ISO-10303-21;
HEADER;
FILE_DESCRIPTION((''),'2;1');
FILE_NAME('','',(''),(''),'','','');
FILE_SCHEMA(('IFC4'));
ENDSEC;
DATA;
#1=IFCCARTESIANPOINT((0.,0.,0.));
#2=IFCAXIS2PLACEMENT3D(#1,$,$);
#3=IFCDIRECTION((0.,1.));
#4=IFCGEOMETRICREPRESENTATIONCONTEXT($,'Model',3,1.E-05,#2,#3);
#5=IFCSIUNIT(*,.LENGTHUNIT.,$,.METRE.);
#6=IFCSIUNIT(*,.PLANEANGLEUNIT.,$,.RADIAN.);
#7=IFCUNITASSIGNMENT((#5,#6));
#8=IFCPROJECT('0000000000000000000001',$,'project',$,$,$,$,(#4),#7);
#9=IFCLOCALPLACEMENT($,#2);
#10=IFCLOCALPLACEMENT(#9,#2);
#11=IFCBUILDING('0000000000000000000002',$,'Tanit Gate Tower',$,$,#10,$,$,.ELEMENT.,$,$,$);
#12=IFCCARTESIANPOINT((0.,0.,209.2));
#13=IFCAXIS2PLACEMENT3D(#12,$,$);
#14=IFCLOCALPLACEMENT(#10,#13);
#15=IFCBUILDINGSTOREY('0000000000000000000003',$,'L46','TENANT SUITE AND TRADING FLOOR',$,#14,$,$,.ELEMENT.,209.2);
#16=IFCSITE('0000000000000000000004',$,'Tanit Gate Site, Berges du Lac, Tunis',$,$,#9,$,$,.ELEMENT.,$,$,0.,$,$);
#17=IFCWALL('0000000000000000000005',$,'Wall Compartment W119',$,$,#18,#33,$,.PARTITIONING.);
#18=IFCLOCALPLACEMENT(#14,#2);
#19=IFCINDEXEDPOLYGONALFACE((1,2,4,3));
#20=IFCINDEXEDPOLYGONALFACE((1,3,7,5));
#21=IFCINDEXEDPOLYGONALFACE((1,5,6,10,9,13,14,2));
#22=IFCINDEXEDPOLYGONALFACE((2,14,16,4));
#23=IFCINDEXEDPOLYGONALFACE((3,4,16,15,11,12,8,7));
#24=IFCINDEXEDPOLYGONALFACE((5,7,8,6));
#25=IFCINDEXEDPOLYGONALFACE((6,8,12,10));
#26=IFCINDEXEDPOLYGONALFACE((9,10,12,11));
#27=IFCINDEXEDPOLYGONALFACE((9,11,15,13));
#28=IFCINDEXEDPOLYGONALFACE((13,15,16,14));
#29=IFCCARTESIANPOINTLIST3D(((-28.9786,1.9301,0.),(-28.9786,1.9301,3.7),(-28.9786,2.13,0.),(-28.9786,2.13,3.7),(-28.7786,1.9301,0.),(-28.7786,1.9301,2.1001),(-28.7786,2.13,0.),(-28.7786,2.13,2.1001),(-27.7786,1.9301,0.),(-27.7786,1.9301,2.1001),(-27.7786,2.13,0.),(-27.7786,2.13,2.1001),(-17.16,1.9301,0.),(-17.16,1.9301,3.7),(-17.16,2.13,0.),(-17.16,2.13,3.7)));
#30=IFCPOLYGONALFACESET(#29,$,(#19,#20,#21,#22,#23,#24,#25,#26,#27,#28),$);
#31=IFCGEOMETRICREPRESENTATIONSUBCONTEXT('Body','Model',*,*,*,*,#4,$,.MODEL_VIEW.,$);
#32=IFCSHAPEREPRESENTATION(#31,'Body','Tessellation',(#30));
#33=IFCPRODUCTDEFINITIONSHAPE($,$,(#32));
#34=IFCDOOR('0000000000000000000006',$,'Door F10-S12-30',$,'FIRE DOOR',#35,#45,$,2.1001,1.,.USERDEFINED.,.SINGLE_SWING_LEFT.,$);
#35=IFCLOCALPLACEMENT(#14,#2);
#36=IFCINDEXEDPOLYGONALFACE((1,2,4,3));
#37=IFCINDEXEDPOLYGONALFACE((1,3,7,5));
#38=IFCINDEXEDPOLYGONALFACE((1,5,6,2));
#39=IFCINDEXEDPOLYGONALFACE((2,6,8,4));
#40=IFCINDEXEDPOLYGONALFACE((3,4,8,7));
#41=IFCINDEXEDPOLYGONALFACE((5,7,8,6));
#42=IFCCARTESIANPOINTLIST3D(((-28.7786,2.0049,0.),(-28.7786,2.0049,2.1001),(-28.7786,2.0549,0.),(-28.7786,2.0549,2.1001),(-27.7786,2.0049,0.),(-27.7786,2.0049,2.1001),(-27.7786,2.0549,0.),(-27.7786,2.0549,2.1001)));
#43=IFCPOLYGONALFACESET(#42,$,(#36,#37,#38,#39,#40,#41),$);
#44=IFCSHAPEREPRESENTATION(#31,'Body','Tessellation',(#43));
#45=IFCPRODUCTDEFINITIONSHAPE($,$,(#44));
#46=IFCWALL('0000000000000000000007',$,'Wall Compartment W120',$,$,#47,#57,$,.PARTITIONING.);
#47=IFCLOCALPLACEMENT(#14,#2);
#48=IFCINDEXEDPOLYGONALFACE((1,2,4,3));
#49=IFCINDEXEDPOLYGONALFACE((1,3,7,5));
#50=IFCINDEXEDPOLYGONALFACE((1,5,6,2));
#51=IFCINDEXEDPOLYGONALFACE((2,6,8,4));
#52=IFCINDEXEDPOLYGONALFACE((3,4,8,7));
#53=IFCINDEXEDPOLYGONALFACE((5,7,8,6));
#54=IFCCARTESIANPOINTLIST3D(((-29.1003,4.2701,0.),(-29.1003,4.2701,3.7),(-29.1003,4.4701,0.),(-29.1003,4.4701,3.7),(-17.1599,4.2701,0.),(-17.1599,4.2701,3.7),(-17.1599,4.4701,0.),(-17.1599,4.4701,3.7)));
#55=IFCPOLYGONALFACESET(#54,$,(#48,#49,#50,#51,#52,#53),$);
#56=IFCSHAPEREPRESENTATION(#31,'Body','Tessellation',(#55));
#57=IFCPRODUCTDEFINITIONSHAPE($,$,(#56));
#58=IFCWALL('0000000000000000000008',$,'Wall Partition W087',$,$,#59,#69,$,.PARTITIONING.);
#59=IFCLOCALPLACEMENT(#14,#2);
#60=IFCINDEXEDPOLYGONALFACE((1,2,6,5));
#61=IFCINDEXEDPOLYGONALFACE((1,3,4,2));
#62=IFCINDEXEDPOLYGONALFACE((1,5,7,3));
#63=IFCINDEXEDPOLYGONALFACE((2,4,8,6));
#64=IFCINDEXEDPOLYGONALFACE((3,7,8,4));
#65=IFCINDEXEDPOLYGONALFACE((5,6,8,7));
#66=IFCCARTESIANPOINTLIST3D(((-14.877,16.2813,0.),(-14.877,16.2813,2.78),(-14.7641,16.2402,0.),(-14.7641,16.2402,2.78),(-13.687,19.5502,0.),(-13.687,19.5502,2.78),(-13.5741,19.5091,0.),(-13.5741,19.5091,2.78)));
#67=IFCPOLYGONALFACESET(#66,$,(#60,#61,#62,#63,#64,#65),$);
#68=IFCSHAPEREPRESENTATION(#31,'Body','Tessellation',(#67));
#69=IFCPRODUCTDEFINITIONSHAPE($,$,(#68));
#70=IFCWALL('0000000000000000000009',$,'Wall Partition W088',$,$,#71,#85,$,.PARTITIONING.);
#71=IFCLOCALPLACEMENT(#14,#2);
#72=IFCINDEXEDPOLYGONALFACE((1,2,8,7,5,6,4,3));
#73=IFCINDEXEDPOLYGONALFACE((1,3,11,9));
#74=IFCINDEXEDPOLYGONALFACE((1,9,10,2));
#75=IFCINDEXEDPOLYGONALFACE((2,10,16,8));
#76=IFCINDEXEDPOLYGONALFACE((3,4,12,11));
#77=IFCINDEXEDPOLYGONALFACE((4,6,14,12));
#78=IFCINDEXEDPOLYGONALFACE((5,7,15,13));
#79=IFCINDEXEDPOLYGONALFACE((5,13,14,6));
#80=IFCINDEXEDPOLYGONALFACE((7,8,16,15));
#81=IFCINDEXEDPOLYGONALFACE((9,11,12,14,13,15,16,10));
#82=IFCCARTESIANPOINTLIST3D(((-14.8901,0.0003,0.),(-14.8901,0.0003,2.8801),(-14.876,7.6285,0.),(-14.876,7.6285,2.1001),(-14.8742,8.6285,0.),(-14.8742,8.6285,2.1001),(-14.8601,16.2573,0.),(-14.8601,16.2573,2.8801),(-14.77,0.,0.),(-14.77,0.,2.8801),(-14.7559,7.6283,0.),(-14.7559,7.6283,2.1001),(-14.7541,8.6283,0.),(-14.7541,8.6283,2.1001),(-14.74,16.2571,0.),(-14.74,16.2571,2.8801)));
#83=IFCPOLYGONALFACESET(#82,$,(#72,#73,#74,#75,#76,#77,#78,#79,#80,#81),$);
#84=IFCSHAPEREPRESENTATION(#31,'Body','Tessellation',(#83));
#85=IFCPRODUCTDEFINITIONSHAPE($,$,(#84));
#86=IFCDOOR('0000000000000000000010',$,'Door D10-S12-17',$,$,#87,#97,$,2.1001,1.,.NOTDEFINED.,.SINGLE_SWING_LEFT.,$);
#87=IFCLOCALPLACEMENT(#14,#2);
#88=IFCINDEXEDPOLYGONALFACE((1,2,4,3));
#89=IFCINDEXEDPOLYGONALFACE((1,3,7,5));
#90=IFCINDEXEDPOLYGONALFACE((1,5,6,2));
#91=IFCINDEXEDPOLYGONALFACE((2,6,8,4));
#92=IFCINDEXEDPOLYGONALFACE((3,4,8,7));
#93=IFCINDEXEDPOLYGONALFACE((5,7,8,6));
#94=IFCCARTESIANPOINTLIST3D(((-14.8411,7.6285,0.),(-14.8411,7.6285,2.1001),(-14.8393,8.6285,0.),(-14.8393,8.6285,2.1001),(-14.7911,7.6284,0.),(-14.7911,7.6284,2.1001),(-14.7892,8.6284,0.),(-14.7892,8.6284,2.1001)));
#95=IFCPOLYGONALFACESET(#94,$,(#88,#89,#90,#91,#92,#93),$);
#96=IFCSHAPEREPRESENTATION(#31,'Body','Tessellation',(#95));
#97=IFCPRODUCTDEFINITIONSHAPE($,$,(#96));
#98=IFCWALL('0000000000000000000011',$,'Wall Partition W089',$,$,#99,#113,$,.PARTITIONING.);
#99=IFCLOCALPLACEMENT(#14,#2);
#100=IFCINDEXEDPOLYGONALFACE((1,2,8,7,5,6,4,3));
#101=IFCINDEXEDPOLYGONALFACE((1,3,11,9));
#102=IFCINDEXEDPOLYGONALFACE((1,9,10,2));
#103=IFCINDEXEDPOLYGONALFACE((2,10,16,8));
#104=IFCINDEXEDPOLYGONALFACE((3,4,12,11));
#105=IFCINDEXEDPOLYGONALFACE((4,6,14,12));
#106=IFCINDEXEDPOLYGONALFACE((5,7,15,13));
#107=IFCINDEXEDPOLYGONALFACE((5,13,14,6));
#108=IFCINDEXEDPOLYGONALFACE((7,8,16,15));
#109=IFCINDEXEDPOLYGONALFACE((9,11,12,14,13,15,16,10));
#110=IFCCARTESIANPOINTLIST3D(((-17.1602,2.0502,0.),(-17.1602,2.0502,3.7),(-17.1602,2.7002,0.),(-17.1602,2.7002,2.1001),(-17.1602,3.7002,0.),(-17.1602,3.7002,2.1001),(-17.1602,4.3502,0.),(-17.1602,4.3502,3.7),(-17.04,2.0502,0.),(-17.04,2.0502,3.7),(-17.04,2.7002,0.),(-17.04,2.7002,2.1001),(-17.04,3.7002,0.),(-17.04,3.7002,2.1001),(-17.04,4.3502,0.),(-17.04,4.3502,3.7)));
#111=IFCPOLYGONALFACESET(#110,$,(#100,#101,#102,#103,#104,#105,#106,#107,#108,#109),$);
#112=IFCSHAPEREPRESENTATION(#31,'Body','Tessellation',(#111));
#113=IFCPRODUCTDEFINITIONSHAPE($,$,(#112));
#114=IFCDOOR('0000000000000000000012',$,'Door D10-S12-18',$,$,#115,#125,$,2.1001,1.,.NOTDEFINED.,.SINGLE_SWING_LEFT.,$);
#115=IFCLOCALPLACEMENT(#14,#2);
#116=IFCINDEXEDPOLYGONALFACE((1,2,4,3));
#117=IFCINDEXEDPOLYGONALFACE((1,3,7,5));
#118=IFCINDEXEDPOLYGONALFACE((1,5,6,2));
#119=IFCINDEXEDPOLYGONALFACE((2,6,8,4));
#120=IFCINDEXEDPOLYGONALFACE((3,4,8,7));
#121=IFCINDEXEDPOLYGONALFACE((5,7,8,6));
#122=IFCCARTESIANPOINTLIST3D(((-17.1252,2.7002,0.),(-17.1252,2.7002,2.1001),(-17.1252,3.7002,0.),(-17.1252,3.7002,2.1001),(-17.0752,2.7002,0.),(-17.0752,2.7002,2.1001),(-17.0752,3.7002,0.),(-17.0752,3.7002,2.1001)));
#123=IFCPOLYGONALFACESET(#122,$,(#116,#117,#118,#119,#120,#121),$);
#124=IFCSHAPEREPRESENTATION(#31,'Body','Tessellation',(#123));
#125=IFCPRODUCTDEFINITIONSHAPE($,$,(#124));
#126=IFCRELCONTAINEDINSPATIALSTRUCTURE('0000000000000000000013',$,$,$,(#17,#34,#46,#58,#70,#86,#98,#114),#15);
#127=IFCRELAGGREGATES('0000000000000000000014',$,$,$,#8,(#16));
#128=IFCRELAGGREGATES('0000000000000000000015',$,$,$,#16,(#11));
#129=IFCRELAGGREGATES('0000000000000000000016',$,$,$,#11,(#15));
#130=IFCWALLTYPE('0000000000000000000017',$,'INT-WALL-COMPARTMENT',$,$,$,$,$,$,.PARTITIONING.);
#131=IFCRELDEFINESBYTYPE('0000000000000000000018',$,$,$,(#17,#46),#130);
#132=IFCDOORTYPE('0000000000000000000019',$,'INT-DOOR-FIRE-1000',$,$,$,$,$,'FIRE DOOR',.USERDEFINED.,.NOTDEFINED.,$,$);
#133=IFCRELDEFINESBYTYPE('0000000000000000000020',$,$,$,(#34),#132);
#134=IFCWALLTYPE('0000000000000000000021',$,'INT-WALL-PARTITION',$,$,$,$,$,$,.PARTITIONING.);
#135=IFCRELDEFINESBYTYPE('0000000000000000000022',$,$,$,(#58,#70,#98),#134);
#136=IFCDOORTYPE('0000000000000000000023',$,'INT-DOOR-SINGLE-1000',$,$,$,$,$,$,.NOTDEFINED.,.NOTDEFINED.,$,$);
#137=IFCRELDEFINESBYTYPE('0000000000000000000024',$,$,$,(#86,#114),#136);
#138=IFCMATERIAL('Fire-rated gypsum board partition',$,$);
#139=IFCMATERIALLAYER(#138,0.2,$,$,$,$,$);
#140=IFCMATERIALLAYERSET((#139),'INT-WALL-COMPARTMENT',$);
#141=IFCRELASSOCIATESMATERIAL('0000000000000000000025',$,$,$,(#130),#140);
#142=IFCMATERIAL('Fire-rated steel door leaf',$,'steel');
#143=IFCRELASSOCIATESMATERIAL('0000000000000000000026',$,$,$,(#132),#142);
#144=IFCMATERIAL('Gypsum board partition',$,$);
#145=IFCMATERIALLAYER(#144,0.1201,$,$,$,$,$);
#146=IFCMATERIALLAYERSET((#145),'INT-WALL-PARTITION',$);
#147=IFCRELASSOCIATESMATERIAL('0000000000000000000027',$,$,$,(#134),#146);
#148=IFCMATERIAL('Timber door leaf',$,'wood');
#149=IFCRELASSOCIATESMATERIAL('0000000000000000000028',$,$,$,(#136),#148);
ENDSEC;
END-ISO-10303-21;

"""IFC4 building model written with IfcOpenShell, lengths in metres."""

from ifc_helpers import new_model, si_unit, direction, frame, frame_2d, origin, place, context, subcontext, project, spatial, rectangle, extrude, material, layer, layer_set, type_object, element, fill, save


model = new_model("IFC4")

# Units and contexts
model_context = context("Model", 3, precision=1e-05, world=origin(), true_north=direction((0.0, 1.0)))
body_context = subcontext(model_context, "Body", "Model", "MODEL_VIEW")
ifc_project = project(units=[si_unit("LENGTHUNIT", "METRE"), si_unit("PLANEANGLEUNIT", "RADIAN")], contexts=[model_context])

# Site, building, storey
site_placement = place(None, origin())
site = spatial("IfcSite", under=ifc_project, at=site_placement, Name="Tanit Gate Site, Berges du Lac, Tunis", CompositionType="ELEMENT", RefElevation=0.0)
building_placement = place(site_placement, origin())
building = spatial("IfcBuilding", under=site, at=building_placement, Name="Tanit Gate Tower", CompositionType="ELEMENT")
storey_placement = place(building_placement, frame((0.0, 0.0, 209.2)))
storey = spatial("IfcBuildingStorey", under=building, at=storey_placement, Name="L46", Description="TENANT SUITE AND TRADING FLOOR", CompositionType="ELEMENT", Elevation=209.2)

# Shared definitions
ifc_material_1 = material(Name="Fire-rated gypsum board partition")
ifc_layer_1 = layer(ifc_material_1, 0.2)
ifc_layer_set_1 = layer_set([ifc_layer_1], Name="INT-WALL-COMPARTMENT")
wall_type_1 = type_object("IfcWallType", Name="INT-WALL-COMPARTMENT", PredefinedType="PARTITIONING", material=ifc_layer_set_1)
ifc_material_2 = material(Name="Fire-rated steel door leaf", Category="steel")
door_type_1 = type_object("IfcDoorType", Name="INT-DOOR-FIRE-1000", ElementType="FIRE DOOR", OperationType="NOTDEFINED", PredefinedType="USERDEFINED", material=ifc_material_2)

# Wall, opening, door
wall_1_placement = place(storey_placement, frame((-28.9785, 2.03, 0.0), z_axis=(0.0, 0.0, 1.0), x_axis=(1.0, 0.0, 0.0)))
wall_1 = element("IfcWall", 1, at=wall_1_placement, inside=storey, type_object=wall_type_1, Name="Wall Compartment W119", PredefinedType="PARTITIONING", context=body_context, shape_type="SweptSolid", body=[
    extrude(rectangle(XDim=11.8186, YDim=0.2, at=frame_2d((5.9092, 0.0))), origin(), (0.0, 0.0, 1.0), 3.7),
])
opening_1_placement = place(wall_1_placement, frame((0.2, 0.0, 0.0)))
opening_1 = element("IfcOpeningElement", 2, at=opening_1_placement, cuts=wall_1, PredefinedType="OPENING", context=body_context, shape_type="SweptSolid", body=[
    extrude(rectangle(XDim=1.0, YDim=2.1001, at=frame_2d((0.5, 1.05))), frame((0.0, 0.1099, 0.0), z_axis=(0.0, -1.0, 0.0), x_axis=(1.0, 0.0, 0.0)), (0.0, 0.0, 1.0), 0.22),
])
door_1_placement = place(opening_1_placement, origin())
door_1 = element("IfcDoor", 3, at=door_1_placement, inside=storey, type_object=door_type_1, Name="Door F10-S12-30", ObjectType="FIRE DOOR", OperationType="SINGLE_SWING_LEFT", OverallHeight=2.1001, OverallWidth=1.0, PredefinedType="USERDEFINED", context=body_context, shape_type="SweptSolid", body=[
    extrude(rectangle(XDim=1.0, YDim=2.1001, at=frame_2d((0.5, 1.05))), frame((0.0, 0.0249, 0.0), z_axis=(0.0, -1.0, 0.0), x_axis=(1.0, 0.0, 0.0)), (0.0, 0.0, 1.0), 0.05),
])
fill(opening_1, door_1)

# Walls
wall_2_placement = place(storey_placement, frame((-17.1599, 4.3701, 0.0), z_axis=(0.0, 0.0, 1.0), x_axis=(-1.0, 0.0, 0.0)))
element("IfcWall", 4, at=wall_2_placement, inside=storey, type_object=wall_type_1, Name="Wall Compartment W120", PredefinedType="PARTITIONING", context=body_context, shape_type="SweptSolid", body=[
    extrude(rectangle(XDim=11.9404, YDim=0.2, at=frame_2d((5.9702, 0.0))), origin(), (0.0, 0.0, 1.0), 3.7),
])
ifc_material_3 = material(Name="Gypsum board partition")
ifc_layer_2 = layer(ifc_material_3, 0.1201)
ifc_layer_set_2 = layer_set([ifc_layer_2], Name="INT-WALL-PARTITION")
wall_type_2 = type_object("IfcWallType", Name="INT-WALL-PARTITION", PredefinedType="PARTITIONING", material=ifc_layer_set_2)
wall_3_placement = place(storey_placement, frame((-13.6306, 19.5295, 0.0), z_axis=(0.0, 0.0, 1.0), x_axis=(-0.34207, -0.939675, 0.0)))
element("IfcWall", 5, at=wall_3_placement, inside=storey, type_object=wall_type_2, Name="Wall Partition W087", PredefinedType="PARTITIONING", context=body_context, shape_type="SweptSolid", body=[
    extrude(rectangle(XDim=3.4788, YDim=0.1201, at=frame_2d((1.7393, 0.0))), origin(), (0.0, 0.0, 1.0), 2.78),
])

# Walls, openings, doors
wall_4_placement = place(storey_placement, frame((-14.8, 16.2571, 0.0), z_axis=(0.0, 0.0, 1.0), x_axis=(-0.001847, -0.999998, 0.0)))
wall_4 = element("IfcWall", 6, at=wall_4_placement, inside=storey, type_object=wall_type_2, Name="Wall Partition W088", PredefinedType="PARTITIONING", context=body_context, shape_type="SweptSolid", body=[
    extrude(rectangle(XDim=16.2571, YDim=0.1201, at=frame_2d((8.1284, 0.0))), origin(), (0.0, 0.0, 1.0), 2.8801),
])
opening_2_placement = place(wall_4_placement, frame((7.6287, 0.0, 0.0)))
opening_2 = element("IfcOpeningElement", 7, at=opening_2_placement, cuts=wall_4, PredefinedType="OPENING", context=body_context, shape_type="SweptSolid", body=[
    extrude(rectangle(XDim=1.0, YDim=2.1001, at=frame_2d((0.5, 1.05))), frame((0.0, 0.0701, 0.0), z_axis=(0.0, -1.0, 0.0), x_axis=(1.0, 0.0, 0.0)), (0.0, 0.0, 1.0), 0.1401),
])
ifc_material_4 = material(Name="Timber door leaf", Category="wood")
door_type_2 = type_object("IfcDoorType", Name="INT-DOOR-SINGLE-1000", OperationType="NOTDEFINED", PredefinedType="NOTDEFINED", material=ifc_material_4)
door_2_placement = place(opening_2_placement, origin())
door_2 = element("IfcDoor", 8, at=door_2_placement, inside=storey, type_object=door_type_2, Name="Door D10-S12-17", OperationType="SINGLE_SWING_LEFT", OverallHeight=2.1001, OverallWidth=1.0, PredefinedType="NOTDEFINED", context=body_context, shape_type="SweptSolid", body=[
    extrude(rectangle(XDim=1.0, YDim=2.1001, at=frame_2d((0.5, 1.05))), frame((0.0, 0.0249, 0.0), z_axis=(0.0, -1.0, 0.0), x_axis=(1.0, 0.0, 0.0)), (0.0, 0.0, 1.0), 0.05),
])
fill(opening_2, door_2)
wall_5_placement = place(storey_placement, frame((-17.1001, 4.3501, 0.0), z_axis=(0.0, 0.0, 1.0), x_axis=(0.0, -1.0, 0.0)))
wall_5 = element("IfcWall", 9, at=wall_5_placement, inside=storey, type_object=wall_type_2, Name="Wall Partition W089", PredefinedType="PARTITIONING", context=body_context, shape_type="SweptSolid", body=[
    extrude(rectangle(XDim=2.3, YDim=0.1201, at=frame_2d((1.1499, 0.0))), origin(), (0.0, 0.0, 1.0), 3.7),
])
opening_3_placement = place(wall_5_placement, frame((0.6499, 0.0, 0.0)))
opening_3 = element("IfcOpeningElement", 10, at=opening_3_placement, cuts=wall_5, PredefinedType="OPENING", context=body_context, shape_type="SweptSolid", body=[
    extrude(rectangle(XDim=1.0, YDim=2.1001, at=frame_2d((0.5, 1.05))), frame((0.0, 0.0701, 0.0), z_axis=(0.0, -1.0, 0.0), x_axis=(1.0, 0.0, 0.0)), (0.0, 0.0, 1.0), 0.1401),
])
door_3_placement = place(opening_3_placement, origin())
door_3 = element("IfcDoor", 11, at=door_3_placement, inside=storey, type_object=door_type_2, Name="Door D10-S12-18", OperationType="SINGLE_SWING_LEFT", OverallHeight=2.1001, OverallWidth=1.0, PredefinedType="NOTDEFINED", context=body_context, shape_type="SweptSolid", body=[
    extrude(rectangle(XDim=1.0, YDim=2.1001, at=frame_2d((0.5, 1.05))), frame((0.0, 0.0249, 0.0), z_axis=(0.0, -1.0, 0.0), x_axis=(1.0, 0.0, 0.0)), (0.0, 0.0, 1.0), 0.05),
])
fill(opening_3, door_3)

save(model, "model.ifc")
